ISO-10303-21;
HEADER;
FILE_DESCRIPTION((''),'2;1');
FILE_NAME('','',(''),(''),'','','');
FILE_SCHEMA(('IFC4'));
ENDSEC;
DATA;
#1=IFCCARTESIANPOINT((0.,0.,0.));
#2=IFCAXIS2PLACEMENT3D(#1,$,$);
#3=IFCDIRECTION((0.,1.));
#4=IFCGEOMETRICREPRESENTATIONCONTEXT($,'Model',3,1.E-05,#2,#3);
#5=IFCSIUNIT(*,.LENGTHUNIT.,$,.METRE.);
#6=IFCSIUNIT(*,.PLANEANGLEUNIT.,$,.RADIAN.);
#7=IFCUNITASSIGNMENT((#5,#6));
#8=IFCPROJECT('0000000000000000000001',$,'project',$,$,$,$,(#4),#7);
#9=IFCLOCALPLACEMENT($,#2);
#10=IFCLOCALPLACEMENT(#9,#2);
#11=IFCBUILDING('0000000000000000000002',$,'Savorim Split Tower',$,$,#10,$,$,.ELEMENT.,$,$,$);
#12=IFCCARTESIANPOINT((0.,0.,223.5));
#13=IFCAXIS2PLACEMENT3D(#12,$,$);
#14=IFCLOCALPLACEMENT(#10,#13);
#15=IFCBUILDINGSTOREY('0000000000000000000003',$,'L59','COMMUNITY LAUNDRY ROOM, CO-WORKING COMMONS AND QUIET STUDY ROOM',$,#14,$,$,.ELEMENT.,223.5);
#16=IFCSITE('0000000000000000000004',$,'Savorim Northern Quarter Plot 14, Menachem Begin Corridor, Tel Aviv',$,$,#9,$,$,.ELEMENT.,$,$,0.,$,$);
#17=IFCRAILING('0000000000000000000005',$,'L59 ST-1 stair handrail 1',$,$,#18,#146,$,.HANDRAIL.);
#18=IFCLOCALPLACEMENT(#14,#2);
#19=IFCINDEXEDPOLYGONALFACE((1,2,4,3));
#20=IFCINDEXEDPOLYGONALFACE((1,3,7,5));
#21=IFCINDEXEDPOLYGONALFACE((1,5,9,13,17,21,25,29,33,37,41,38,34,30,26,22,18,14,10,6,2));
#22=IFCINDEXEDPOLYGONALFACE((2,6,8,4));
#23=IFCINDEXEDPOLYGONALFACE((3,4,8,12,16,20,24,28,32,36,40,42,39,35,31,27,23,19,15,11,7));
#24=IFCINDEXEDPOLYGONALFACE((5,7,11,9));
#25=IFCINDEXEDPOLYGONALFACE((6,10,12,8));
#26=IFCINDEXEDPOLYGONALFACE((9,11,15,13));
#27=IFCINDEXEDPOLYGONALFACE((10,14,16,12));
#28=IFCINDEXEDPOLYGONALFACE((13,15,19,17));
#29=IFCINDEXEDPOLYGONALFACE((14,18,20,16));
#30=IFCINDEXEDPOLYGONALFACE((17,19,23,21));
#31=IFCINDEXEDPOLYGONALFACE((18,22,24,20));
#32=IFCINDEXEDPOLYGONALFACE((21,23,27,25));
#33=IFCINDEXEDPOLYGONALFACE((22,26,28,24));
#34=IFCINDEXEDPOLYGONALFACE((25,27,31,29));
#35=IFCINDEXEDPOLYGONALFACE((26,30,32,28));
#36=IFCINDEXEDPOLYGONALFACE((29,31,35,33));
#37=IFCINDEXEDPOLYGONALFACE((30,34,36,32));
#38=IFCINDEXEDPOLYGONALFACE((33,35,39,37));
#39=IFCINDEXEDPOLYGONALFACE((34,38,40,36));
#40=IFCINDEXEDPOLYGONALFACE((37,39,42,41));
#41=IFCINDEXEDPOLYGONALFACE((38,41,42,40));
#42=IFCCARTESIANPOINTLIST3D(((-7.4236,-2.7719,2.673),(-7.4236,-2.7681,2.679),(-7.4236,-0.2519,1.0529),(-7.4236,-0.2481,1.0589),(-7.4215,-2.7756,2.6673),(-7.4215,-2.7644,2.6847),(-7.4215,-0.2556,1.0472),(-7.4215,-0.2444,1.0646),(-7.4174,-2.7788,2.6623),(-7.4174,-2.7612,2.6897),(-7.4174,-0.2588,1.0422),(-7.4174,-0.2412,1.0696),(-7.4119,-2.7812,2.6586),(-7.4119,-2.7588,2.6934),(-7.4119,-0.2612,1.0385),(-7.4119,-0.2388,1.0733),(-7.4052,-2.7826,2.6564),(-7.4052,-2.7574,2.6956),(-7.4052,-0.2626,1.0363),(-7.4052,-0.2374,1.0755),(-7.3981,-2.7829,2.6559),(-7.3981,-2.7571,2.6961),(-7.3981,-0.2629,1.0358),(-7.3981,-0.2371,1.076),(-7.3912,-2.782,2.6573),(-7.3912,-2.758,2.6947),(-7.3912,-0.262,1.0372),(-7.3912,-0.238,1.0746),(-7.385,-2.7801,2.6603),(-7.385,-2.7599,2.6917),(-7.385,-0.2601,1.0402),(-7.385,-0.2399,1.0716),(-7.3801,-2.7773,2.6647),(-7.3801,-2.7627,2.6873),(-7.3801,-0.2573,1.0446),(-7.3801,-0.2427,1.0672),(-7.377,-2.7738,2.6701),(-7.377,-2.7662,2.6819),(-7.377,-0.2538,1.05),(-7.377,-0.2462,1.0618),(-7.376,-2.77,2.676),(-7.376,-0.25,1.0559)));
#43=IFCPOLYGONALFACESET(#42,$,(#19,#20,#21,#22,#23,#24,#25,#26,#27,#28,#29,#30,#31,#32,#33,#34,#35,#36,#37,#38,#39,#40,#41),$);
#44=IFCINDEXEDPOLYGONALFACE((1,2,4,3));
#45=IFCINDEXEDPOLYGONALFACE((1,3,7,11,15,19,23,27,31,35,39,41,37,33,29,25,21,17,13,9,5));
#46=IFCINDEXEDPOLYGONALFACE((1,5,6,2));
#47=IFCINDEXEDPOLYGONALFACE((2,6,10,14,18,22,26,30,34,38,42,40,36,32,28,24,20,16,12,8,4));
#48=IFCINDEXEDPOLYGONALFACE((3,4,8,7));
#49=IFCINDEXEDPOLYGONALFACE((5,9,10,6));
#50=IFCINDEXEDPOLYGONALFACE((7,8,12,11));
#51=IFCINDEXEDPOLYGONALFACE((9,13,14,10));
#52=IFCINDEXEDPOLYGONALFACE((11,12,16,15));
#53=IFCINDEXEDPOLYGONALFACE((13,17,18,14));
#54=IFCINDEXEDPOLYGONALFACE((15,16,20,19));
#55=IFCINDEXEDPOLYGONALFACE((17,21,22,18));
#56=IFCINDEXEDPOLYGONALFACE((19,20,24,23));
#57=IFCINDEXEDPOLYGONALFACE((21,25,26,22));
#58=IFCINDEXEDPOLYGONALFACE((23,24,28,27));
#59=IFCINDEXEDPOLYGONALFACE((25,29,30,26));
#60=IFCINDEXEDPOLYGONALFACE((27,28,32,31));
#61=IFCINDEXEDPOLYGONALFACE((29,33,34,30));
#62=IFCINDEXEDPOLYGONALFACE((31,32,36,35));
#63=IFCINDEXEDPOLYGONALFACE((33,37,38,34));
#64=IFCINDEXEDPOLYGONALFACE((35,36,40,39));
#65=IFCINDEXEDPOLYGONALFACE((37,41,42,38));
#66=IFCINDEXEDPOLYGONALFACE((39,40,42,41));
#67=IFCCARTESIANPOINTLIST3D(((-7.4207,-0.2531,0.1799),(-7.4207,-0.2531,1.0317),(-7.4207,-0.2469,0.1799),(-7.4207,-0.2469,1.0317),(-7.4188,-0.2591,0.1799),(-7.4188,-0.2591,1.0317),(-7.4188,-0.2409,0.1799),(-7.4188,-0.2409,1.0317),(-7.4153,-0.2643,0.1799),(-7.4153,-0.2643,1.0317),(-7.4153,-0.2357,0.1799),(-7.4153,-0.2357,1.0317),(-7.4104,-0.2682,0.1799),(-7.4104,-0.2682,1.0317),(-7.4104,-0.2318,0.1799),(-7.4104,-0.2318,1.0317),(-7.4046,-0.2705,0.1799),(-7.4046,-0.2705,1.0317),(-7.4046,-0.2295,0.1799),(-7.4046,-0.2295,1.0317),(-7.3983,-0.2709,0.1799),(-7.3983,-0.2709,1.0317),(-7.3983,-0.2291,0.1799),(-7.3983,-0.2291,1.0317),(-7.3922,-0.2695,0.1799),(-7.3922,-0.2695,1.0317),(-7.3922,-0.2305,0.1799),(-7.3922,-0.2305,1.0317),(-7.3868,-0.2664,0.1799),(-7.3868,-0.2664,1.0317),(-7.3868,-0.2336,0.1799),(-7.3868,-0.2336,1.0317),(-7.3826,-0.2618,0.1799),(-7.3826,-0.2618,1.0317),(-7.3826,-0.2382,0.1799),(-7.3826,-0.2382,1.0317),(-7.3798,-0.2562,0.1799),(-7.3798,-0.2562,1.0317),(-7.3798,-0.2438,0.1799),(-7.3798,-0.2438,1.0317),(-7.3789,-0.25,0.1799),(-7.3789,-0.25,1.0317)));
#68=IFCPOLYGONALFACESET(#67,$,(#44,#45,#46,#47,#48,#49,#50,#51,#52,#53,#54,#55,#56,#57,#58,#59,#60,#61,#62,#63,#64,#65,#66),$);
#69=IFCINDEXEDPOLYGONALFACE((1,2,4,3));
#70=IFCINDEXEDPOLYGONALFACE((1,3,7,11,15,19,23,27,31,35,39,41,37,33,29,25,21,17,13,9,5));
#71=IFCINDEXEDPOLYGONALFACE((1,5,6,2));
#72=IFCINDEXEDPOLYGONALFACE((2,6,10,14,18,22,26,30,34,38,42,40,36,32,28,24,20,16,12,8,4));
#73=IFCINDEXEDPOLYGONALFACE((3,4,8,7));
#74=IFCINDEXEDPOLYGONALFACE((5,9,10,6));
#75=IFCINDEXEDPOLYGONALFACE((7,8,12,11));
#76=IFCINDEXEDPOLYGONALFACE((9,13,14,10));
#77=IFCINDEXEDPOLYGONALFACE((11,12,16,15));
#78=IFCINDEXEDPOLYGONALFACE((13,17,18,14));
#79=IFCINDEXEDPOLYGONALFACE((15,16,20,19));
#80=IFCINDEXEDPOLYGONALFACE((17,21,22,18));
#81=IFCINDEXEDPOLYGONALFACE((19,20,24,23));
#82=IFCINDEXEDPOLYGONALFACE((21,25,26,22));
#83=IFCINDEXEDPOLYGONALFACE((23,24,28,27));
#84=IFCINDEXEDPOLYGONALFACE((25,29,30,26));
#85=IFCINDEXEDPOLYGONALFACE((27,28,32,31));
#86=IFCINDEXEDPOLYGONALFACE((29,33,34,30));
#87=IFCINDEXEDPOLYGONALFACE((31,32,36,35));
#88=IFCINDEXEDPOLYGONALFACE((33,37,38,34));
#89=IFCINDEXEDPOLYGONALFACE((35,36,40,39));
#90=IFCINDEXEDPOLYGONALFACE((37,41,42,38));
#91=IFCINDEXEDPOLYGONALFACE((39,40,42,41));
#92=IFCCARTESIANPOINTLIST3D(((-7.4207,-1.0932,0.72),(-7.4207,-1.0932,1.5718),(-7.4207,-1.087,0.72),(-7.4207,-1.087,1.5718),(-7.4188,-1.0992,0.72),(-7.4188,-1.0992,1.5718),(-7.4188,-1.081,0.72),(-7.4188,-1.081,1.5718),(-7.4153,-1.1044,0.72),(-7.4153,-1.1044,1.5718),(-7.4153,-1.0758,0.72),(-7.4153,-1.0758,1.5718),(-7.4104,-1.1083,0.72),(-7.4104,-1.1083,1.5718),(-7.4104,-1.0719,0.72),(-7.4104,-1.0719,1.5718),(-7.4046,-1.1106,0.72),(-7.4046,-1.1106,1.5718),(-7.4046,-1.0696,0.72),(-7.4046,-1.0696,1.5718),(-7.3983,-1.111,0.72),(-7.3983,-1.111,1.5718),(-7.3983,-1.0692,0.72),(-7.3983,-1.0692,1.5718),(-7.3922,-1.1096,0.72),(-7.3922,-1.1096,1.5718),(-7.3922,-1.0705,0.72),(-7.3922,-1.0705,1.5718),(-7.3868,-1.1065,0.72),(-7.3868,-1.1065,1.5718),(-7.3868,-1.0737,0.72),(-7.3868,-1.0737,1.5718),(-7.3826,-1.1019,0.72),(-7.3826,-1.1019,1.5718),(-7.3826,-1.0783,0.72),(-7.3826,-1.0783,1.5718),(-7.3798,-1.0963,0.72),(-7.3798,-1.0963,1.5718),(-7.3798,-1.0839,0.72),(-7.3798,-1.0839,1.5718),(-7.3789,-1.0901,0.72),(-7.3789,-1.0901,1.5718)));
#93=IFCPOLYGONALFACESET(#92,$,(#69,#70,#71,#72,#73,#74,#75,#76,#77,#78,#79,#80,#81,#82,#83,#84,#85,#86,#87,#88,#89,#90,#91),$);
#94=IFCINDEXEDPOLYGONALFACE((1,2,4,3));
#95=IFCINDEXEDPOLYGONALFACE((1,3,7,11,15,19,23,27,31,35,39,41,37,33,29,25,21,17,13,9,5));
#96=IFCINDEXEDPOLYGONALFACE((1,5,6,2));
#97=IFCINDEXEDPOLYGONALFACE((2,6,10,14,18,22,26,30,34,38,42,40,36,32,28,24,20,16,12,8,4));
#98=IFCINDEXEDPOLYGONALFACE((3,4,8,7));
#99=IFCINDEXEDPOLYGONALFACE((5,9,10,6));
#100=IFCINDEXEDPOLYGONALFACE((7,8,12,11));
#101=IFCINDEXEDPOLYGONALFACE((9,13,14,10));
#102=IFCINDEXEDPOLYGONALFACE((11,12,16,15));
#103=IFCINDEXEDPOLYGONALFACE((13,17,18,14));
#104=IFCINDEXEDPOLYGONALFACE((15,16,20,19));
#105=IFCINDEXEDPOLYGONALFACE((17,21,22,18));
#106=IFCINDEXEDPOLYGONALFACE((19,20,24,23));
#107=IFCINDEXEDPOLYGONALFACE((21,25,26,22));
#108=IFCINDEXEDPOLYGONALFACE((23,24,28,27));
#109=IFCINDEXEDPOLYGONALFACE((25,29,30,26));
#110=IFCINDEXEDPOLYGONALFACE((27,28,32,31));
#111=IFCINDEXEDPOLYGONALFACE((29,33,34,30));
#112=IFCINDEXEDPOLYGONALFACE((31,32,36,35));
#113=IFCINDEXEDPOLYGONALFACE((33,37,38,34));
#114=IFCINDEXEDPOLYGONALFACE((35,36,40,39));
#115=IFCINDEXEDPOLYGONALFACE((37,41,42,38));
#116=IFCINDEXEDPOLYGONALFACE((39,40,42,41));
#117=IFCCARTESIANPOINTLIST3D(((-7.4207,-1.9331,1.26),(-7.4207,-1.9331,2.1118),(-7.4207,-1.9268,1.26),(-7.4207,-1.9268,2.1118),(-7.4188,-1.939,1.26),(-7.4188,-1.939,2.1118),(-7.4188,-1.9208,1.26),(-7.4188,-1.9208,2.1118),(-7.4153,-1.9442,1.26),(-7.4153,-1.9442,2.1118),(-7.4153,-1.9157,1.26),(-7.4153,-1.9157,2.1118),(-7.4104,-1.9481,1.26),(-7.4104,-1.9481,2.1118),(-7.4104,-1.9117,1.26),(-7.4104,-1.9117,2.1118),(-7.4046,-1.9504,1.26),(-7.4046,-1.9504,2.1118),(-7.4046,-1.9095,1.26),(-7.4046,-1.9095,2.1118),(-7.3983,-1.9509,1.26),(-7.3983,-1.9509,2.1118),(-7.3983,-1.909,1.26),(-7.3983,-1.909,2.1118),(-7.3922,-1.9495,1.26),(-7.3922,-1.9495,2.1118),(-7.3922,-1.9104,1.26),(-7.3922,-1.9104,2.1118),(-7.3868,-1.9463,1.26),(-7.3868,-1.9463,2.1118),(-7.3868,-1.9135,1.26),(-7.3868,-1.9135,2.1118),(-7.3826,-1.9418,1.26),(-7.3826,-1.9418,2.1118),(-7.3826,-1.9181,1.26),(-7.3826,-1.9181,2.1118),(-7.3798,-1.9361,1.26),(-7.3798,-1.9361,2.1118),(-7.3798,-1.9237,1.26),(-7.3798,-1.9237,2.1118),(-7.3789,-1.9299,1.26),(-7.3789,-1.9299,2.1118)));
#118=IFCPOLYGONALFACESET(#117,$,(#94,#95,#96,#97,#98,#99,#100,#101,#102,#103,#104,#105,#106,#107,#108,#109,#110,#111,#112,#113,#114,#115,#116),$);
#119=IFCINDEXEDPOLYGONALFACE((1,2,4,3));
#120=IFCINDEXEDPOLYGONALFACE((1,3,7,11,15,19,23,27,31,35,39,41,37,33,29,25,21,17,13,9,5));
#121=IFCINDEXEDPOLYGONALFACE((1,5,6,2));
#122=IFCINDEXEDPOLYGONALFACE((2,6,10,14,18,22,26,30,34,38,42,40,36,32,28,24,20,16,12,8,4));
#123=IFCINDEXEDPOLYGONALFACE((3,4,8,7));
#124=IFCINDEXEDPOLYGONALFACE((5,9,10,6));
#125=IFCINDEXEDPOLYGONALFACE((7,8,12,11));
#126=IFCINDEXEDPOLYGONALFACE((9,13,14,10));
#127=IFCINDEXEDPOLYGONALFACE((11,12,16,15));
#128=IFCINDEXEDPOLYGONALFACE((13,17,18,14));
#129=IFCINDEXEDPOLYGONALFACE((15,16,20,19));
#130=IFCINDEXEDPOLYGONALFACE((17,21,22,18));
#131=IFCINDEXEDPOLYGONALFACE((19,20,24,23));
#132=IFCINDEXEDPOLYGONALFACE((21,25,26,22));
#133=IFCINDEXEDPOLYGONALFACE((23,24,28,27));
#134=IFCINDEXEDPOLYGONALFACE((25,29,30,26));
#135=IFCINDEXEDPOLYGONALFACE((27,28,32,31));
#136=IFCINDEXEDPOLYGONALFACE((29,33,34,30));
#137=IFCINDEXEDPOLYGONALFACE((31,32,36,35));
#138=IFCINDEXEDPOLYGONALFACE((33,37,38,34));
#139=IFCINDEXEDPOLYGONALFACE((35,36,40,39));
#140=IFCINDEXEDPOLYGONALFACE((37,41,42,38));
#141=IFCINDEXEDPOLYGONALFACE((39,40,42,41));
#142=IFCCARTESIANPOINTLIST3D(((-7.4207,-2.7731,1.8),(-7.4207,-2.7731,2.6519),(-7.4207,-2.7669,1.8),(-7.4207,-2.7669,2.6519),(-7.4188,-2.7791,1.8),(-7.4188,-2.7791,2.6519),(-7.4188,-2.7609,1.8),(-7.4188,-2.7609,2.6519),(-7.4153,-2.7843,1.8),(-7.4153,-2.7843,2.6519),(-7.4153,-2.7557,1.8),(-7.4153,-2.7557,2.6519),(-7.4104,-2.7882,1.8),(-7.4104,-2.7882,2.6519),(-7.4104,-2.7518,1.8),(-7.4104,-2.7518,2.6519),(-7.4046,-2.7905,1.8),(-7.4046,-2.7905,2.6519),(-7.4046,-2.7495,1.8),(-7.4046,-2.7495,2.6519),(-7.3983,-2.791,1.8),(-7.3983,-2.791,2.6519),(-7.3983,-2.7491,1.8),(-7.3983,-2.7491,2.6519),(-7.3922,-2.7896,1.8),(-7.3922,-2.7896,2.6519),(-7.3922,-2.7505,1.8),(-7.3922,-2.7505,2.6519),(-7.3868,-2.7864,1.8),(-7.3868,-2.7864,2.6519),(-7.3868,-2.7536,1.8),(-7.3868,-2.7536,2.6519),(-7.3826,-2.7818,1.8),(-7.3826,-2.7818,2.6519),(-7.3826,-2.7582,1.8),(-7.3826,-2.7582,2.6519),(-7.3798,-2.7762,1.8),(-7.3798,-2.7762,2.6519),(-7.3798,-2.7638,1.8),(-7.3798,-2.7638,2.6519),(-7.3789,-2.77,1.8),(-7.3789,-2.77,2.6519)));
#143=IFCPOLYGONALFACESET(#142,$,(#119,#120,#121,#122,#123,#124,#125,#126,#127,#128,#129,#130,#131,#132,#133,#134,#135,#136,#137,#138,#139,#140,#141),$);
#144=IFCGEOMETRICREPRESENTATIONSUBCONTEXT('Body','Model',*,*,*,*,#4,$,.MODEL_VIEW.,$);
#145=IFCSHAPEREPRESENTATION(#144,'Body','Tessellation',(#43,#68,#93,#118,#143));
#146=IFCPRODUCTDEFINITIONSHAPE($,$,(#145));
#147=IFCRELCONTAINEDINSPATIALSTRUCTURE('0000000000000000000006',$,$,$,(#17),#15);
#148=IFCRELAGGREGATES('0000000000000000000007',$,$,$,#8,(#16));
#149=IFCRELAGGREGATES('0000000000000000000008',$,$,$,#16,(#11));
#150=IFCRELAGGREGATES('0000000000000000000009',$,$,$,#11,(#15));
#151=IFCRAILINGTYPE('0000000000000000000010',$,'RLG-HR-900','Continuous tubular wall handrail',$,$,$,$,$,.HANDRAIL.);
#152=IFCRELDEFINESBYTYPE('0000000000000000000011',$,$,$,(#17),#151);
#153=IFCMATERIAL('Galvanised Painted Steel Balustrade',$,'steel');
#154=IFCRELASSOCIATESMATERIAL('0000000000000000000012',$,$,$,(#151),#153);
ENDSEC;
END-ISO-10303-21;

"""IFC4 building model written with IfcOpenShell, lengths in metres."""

from ifc_helpers import new_model, si_unit, direction, frame, origin, origin_2d, place, context, subcontext, project, spatial, circle, extrude, material, type_object, element, save


model = new_model("IFC4")

# Units and contexts
model_context = context("Model", 3, precision=1e-05, world=origin(), true_north=direction((0.0, 1.0)))
body_context = subcontext(model_context, "Body", "Model", "MODEL_VIEW")
ifc_project = project(units=[si_unit("LENGTHUNIT", "METRE"), si_unit("PLANEANGLEUNIT", "RADIAN")], contexts=[model_context])

# Site, building, storey
site_placement = place(None, origin())
site = spatial("IfcSite", under=ifc_project, at=site_placement, Name="Savorim Northern Quarter Plot 14, Menachem Begin Corridor, Tel Aviv", CompositionType="ELEMENT", RefElevation=0.0)
building_placement = place(site_placement, origin())
building = spatial("IfcBuilding", under=site, at=building_placement, Name="Savorim Split Tower", CompositionType="ELEMENT")
storey_placement = place(building_placement, frame((0.0, 0.0, 223.5)))
storey = spatial("IfcBuildingStorey", under=building, at=storey_placement, Name="L59", Description="COMMUNITY LAUNDRY ROOM, CO-WORKING COMMONS AND QUIET STUDY ROOM", CompositionType="ELEMENT", Elevation=223.5)

# Railing
ifc_material_1 = material(Name="Galvanised Painted Steel Balustrade", Category="steel")
railing_type = type_object("IfcRailingType", Name="RLG-HR-900", Description="Continuous tubular wall handrail", PredefinedType="HANDRAIL", material=ifc_material_1)
railing_placement = place(storey_placement, frame((-7.3999, -0.25, 0.1799)))
element("IfcRailing", 1, at=railing_placement, inside=storey, type_object=railing_type, Name="L59 ST-1 stair handrail 1", PredefinedType="HANDRAIL", context=body_context, shape_type="SweptSolid", body=[
    extrude(circle(Radius=0.0239, at=origin_2d()), frame((0.0, 0.0, 0.876), z_axis=(0.0, -0.841163, 0.540782), x_axis=(1.0, 0.0, 0.0)), (0.0, 0.0, 1.0), 2.9958),
    extrude(circle(Radius=0.021, at=origin_2d()), origin(), (0.0, 0.0, 1.0), 0.8518),
    extrude(circle(Radius=0.021, at=origin_2d()), frame((0.0, -0.8401, 0.54)), (0.0, 0.0, 1.0), 0.8518),
    extrude(circle(Radius=0.021, at=origin_2d()), frame((0.0, -1.6799, 1.0801)), (0.0, 0.0, 1.0), 0.8518),
    extrude(circle(Radius=0.021, at=origin_2d()), frame((0.0, -2.52, 1.6201)), (0.0, 0.0, 1.0), 0.8518),
])

save(model, "model.ifc")
